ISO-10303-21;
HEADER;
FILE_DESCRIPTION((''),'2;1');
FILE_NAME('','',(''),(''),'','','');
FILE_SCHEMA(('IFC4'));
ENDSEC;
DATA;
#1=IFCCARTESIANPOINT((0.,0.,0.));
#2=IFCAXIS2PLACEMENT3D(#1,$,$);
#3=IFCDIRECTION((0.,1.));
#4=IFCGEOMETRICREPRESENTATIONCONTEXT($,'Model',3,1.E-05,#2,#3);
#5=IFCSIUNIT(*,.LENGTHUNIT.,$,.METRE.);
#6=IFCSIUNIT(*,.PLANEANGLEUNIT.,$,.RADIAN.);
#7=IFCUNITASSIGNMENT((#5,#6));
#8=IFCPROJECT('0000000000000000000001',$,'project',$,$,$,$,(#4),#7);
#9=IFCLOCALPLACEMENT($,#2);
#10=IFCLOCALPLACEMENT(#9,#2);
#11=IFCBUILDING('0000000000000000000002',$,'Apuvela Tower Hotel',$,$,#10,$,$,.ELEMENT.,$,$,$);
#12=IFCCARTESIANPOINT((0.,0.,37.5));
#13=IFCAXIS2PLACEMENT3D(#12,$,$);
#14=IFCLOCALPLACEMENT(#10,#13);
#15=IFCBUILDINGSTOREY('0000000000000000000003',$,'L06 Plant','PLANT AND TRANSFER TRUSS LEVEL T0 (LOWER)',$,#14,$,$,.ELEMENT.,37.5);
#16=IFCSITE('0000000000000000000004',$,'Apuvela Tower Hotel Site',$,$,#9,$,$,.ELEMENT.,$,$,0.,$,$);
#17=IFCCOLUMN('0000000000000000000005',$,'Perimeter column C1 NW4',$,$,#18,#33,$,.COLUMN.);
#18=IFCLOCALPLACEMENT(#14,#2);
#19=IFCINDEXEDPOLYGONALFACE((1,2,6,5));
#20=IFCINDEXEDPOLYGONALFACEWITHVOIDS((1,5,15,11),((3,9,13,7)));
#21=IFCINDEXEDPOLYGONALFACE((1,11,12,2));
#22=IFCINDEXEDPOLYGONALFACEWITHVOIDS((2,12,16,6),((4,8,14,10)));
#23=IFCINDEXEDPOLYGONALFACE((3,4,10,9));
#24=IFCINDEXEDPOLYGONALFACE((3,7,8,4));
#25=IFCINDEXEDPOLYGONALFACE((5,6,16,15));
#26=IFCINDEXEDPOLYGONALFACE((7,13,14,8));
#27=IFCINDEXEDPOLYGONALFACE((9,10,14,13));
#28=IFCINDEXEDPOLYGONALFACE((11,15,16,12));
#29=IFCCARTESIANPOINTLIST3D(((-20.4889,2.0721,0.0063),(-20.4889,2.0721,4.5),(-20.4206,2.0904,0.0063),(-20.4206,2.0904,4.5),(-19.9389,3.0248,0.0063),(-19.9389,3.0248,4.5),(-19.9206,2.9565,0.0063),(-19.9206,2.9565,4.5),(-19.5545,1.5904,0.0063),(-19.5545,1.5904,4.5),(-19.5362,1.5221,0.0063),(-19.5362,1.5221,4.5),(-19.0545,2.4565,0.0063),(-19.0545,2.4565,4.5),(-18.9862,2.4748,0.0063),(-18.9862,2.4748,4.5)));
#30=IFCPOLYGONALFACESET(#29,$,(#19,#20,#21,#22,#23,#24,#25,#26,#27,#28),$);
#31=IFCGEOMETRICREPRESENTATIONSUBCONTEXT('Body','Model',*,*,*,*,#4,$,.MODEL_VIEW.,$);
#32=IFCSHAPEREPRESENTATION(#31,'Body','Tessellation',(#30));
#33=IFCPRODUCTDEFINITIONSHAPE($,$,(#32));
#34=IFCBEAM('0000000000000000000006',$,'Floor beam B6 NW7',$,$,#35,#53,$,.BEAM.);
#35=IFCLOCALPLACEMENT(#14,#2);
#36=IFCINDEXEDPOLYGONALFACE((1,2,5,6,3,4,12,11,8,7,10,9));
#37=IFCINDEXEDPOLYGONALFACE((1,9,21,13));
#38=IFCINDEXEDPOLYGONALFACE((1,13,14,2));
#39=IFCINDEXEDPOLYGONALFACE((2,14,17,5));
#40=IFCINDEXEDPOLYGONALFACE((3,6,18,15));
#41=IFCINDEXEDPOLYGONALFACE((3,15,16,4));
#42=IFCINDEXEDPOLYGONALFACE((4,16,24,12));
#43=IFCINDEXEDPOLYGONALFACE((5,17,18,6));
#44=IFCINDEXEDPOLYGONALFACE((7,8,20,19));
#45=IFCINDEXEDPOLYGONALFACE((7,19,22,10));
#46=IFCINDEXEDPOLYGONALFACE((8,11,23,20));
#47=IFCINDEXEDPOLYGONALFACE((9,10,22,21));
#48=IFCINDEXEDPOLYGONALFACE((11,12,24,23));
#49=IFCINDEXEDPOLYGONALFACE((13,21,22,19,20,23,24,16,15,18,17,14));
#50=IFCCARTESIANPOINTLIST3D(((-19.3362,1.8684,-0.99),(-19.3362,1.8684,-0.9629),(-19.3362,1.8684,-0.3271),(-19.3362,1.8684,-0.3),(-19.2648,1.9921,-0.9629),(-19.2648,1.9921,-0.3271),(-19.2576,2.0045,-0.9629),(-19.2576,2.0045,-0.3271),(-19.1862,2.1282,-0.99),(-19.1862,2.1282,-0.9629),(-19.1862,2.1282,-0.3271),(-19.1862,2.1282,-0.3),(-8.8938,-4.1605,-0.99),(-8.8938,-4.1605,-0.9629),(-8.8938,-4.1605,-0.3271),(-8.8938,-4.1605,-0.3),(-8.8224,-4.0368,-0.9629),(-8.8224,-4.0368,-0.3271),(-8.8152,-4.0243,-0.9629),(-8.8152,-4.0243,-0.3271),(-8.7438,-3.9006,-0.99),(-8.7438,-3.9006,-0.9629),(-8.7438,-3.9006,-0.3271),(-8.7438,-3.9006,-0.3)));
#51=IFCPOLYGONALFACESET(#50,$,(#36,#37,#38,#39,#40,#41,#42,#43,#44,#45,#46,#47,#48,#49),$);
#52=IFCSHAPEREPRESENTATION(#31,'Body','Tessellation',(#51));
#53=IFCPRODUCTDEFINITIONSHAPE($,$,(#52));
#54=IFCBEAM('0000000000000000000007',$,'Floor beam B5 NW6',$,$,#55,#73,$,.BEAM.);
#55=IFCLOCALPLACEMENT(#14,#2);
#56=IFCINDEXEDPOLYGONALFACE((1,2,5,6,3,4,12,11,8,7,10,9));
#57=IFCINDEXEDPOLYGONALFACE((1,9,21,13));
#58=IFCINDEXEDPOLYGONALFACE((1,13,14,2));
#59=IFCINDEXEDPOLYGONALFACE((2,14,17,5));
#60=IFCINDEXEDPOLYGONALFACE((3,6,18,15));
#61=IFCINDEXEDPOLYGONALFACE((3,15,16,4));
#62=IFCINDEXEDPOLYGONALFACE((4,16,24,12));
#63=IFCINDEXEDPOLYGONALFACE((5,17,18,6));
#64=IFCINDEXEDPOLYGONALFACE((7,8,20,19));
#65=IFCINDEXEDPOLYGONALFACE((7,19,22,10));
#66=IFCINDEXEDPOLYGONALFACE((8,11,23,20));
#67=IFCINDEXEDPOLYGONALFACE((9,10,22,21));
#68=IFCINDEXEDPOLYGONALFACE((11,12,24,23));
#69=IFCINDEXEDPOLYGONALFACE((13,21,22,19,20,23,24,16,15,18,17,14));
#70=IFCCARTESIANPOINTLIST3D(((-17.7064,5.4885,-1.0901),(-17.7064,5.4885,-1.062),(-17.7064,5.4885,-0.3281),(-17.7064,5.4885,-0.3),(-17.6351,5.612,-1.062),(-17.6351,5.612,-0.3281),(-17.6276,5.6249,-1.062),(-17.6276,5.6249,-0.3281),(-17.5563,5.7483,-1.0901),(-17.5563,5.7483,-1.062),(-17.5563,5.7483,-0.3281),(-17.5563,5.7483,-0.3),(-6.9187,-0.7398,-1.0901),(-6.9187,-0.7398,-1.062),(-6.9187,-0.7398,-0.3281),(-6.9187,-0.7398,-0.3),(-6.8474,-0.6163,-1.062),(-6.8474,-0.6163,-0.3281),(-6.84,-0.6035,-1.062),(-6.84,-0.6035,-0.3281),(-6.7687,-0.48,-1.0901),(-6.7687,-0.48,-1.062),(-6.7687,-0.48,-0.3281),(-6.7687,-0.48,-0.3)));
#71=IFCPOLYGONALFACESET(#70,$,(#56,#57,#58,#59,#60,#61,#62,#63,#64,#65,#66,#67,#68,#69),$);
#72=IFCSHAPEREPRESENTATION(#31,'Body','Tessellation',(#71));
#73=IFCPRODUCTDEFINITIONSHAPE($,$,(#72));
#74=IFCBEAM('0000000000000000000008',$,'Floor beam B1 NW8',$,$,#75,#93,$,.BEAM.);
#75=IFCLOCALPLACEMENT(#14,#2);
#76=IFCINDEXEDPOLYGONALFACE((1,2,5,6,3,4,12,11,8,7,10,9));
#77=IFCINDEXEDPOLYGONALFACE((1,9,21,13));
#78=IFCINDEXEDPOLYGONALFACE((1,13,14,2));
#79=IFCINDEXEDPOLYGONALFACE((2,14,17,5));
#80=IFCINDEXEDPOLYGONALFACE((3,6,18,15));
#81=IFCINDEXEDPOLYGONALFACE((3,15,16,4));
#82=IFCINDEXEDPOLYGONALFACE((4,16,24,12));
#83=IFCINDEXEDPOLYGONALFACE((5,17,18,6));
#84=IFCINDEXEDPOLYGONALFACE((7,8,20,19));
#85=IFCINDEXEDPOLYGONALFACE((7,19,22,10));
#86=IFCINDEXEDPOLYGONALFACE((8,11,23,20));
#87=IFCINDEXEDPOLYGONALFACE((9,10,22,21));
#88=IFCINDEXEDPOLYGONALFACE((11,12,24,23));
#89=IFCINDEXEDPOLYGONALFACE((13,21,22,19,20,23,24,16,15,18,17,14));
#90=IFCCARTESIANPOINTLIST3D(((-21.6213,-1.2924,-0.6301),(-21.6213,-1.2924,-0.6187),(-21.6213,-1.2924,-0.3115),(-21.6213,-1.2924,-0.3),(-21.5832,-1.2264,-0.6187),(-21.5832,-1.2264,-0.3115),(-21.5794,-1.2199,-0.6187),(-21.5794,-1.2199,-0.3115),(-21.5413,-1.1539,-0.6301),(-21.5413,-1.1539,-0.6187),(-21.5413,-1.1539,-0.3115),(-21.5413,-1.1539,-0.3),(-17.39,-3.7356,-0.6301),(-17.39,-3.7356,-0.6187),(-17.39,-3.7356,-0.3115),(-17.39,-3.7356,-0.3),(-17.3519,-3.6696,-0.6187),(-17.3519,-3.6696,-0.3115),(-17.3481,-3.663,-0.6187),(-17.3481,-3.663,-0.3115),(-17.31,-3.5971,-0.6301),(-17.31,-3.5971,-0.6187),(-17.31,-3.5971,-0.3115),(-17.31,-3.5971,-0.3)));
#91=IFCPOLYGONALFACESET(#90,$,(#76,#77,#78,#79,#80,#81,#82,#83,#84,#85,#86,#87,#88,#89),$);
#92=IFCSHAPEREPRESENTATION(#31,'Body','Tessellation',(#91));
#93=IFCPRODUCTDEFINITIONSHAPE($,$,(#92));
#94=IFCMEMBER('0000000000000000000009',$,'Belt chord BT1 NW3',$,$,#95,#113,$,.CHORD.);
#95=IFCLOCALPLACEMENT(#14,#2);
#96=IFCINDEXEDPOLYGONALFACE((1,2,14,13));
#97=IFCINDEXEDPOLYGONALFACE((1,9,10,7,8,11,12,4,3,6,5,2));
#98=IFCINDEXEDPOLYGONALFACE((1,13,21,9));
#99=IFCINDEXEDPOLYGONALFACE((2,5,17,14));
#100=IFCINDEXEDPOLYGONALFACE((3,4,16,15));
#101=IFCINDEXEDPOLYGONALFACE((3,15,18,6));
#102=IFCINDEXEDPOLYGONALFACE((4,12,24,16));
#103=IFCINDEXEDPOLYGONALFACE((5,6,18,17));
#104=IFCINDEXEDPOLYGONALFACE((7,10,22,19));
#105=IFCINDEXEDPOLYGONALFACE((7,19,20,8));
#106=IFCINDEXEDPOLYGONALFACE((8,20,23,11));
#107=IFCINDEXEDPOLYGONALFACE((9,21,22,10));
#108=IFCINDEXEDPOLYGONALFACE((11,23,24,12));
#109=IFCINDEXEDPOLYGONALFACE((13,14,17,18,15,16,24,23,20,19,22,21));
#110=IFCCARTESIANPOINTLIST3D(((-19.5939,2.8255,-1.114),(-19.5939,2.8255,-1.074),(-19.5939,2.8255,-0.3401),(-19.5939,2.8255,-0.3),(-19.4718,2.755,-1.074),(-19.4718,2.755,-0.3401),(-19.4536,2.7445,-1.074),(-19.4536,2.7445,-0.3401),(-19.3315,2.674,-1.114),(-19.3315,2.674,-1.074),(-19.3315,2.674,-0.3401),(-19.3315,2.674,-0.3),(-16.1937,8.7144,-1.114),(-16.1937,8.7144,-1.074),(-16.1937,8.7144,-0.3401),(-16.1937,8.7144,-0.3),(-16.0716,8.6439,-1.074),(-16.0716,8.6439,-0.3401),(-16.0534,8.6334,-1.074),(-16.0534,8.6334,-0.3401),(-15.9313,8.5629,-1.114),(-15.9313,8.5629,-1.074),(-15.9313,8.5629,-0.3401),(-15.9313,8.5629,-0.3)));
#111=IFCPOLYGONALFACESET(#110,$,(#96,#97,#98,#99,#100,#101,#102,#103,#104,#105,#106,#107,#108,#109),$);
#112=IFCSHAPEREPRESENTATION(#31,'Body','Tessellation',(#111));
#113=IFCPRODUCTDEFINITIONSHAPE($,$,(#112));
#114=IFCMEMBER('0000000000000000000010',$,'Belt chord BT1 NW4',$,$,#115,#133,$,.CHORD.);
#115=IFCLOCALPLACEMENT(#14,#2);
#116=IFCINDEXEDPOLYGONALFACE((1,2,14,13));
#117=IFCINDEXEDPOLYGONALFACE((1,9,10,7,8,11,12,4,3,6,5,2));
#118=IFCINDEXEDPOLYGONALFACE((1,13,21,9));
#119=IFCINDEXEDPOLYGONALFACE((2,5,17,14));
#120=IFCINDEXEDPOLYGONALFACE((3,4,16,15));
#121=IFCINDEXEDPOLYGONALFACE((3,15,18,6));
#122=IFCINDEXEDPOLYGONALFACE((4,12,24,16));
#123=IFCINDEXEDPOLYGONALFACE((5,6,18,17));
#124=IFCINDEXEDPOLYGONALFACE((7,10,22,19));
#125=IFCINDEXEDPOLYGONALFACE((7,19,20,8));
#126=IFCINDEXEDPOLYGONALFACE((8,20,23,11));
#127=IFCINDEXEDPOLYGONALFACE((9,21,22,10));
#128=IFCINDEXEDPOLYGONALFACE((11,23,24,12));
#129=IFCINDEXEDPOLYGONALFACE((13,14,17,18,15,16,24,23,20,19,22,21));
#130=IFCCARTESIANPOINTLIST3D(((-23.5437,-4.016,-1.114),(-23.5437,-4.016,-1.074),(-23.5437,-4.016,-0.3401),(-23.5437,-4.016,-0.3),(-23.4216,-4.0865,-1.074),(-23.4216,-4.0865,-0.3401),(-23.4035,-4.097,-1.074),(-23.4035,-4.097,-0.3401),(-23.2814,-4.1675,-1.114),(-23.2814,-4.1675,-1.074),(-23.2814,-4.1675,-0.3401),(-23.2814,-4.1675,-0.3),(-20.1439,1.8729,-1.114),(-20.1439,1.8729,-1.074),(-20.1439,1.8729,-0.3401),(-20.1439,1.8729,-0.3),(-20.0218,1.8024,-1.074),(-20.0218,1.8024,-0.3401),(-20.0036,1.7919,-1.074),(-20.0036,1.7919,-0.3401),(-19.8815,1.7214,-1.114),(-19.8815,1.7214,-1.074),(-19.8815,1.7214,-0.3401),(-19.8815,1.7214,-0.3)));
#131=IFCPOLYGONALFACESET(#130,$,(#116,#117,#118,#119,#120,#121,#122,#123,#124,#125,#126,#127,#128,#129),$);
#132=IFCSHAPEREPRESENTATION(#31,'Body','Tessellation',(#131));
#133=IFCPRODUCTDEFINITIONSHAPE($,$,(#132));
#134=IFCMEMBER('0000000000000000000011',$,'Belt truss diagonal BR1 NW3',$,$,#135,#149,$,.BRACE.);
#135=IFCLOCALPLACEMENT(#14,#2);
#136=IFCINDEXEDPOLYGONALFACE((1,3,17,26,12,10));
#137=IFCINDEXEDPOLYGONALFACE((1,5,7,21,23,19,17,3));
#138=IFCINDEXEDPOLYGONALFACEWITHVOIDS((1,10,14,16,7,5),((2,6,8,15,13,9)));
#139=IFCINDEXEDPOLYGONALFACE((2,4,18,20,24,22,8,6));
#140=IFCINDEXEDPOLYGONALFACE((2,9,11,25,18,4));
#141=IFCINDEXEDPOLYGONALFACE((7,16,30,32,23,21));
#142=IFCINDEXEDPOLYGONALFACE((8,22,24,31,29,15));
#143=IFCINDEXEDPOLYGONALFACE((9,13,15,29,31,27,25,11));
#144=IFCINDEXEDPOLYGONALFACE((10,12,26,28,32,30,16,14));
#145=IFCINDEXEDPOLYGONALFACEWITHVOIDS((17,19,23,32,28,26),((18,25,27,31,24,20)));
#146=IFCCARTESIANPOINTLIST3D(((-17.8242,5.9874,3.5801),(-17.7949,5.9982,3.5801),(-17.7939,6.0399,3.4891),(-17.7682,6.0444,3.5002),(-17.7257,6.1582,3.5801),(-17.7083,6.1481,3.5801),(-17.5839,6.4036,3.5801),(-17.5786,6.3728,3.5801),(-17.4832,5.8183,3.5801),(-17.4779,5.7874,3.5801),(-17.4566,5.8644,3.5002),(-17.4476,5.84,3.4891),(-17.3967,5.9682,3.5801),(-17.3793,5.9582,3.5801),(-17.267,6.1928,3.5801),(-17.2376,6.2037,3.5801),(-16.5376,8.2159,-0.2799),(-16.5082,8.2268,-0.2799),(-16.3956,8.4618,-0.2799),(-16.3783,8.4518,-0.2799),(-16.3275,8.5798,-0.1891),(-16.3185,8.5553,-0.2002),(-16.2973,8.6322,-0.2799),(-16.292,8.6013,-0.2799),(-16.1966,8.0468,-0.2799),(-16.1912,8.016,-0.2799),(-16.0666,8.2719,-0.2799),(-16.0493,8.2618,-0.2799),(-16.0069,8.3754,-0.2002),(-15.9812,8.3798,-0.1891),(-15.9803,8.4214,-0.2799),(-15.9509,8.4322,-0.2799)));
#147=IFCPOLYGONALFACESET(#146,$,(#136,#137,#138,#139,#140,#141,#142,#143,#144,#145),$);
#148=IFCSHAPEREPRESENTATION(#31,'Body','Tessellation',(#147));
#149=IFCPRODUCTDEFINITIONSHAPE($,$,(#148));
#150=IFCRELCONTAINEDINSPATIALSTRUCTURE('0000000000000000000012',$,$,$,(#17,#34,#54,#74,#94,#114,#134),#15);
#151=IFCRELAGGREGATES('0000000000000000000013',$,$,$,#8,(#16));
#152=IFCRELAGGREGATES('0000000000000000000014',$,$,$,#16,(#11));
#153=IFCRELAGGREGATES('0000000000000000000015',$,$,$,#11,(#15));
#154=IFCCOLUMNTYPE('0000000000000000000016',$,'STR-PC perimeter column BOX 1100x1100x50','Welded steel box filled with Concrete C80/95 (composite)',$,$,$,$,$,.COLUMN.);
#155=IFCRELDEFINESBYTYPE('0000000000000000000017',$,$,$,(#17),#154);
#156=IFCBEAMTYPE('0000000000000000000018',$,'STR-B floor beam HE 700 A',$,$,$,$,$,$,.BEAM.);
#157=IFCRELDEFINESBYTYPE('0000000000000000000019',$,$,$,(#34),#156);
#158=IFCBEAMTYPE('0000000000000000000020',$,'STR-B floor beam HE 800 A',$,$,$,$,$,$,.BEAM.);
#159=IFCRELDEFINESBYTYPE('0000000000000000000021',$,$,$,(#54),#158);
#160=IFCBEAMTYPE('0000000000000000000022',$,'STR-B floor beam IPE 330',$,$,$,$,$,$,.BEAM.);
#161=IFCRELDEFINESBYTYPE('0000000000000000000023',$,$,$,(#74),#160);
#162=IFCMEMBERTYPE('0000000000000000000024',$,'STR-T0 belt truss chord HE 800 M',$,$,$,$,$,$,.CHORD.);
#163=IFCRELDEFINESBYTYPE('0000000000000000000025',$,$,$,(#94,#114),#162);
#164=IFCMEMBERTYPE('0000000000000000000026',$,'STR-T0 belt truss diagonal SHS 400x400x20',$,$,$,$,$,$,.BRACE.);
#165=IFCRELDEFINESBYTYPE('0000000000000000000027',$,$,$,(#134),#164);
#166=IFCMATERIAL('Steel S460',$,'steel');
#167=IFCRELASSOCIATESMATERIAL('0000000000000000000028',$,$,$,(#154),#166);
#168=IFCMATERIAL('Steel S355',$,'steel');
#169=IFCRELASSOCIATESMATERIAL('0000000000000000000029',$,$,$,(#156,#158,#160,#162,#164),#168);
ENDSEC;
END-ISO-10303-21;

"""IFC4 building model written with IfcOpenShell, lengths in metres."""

from ifc_helpers import new_model, si_unit, direction, frame, origin, origin_2d, place, context, subcontext, project, spatial, rectangle, hollow_rectangle, i_section, extrude, boolean, halfspace, material, material_profile, profile_set, type_object, element, save


model = new_model("IFC4")

# Units and contexts
model_context = context("Model", 3, precision=1e-05, world=origin(), true_north=direction((0.0, 1.0)))
body_context = subcontext(model_context, "Body", "Model", "MODEL_VIEW")
ifc_project = project(units=[si_unit("LENGTHUNIT", "METRE"), si_unit("PLANEANGLEUNIT", "RADIAN")], contexts=[model_context])

# Site, building, storey
site_placement = place(None, origin())
site = spatial("IfcSite", under=ifc_project, at=site_placement, Name="Apuvela Tower Hotel Site", CompositionType="ELEMENT", RefElevation=0.0)
building_placement = place(site_placement, origin())
building = spatial("IfcBuilding", under=site, at=building_placement, Name="Apuvela Tower Hotel", CompositionType="ELEMENT")
storey_placement = place(building_placement, frame((0.0, 0.0, 37.5)))
storey = spatial("IfcBuildingStorey", under=building, at=storey_placement, Name="L06 Plant", Description="PLANT AND TRANSFER TRUSS LEVEL T0 (LOWER)", CompositionType="ELEMENT", Elevation=37.5)

# Column
ifc_material_1 = material(Name="Steel S460", Category="steel")
ifc_material_profile_1 = material_profile(ifc_material_1, hollow_rectangle(XDim=1.1001, YDim=1.1001, WallThickness=0.05, at=origin_2d()), Name="BOX 1100x1100x50")
ifc_material_2 = material(Name="Concrete C80/95", Category="concrete")
ifc_material_profile_2 = material_profile(ifc_material_2, rectangle(XDim=1.0, YDim=1.0, at=origin_2d()), Name="Concrete C80/95 infill")
ifc_profile_set_1 = profile_set([ifc_material_profile_1, ifc_material_profile_2], Name="Steel S460")
column_type = type_object("IfcColumnType", Name="STR-PC perimeter column BOX 1100x1100x50", Description="Welded steel box filled with Concrete C80/95 (composite)", PredefinedType="COLUMN", material=ifc_profile_set_1)
column_placement = place(storey_placement, frame((-19.7375, 2.2734, 0.0), z_axis=(0.0, 0.0, 1.0), x_axis=(0.5, 0.866025, 0.0)))
element("IfcColumn", 1, at=column_placement, inside=storey, type_object=column_type, Name="Perimeter column C1 NW4", PredefinedType="COLUMN", context=body_context, shape_type="SweptSolid", body=[
    boolean("DIFFERENCE", extrude(hollow_rectangle(XDim=1.1001, YDim=1.1001, WallThickness=0.05, at=origin_2d()), origin(), (0.0, 0.0, 1.0), 4.5), halfspace(frame((0.0, 0.0, 0.0063), z_axis=(0.0, 0.0, 1.0), x_axis=(1.0, 0.0, 0.0)), True)),
])

# Beams
ifc_material_3 = material(Name="Steel S355", Category="steel")
ifc_material_profile_3 = material_profile(ifc_material_3, i_section(OverallWidth=0.3, OverallDepth=0.6899, WebThickness=0.0144, FlangeThickness=0.0271, at=origin_2d()), Name="HE 700 A")
ifc_profile_set_2 = profile_set([ifc_material_profile_3], Name="Steel S355")
beam_type_1 = type_object("IfcBeamType", Name="STR-B floor beam HE 700 A", PredefinedType="BEAM", material=ifc_profile_set_2)
beam_1_placement = place(storey_placement, frame((-19.2612, 1.9983, -0.645), z_axis=(0.866029, -0.499994, 0.0), x_axis=(0.499994, 0.866029, 0.0)))
element("IfcBeam", 2, at=beam_1_placement, inside=storey, type_object=beam_type_1, Name="Floor beam B6 NW7", PredefinedType="BEAM", context=body_context, shape_type="SweptSolid", body=[
    extrude(i_section(OverallWidth=0.3, OverallDepth=0.6899, WebThickness=0.0144, FlangeThickness=0.0271, at=origin_2d()), origin(), (0.0, 0.0, 1.0), 12.0579),
])
ifc_material_profile_4 = material_profile(ifc_material_3, i_section(OverallWidth=0.3, OverallDepth=0.79, WebThickness=0.0149, FlangeThickness=0.0281, at=origin_2d()), Name="HE 800 A")
ifc_profile_set_3 = profile_set([ifc_material_profile_4], Name="Steel S355")
beam_type_2 = type_object("IfcBeamType", Name="STR-B floor beam HE 800 A", PredefinedType="BEAM", material=ifc_profile_set_3)
beam_2_placement = place(storey_placement, frame((-17.6313, 5.6184, -0.6951), z_axis=(0.866024, -0.500003, 0.0), x_axis=(0.500003, 0.866024, 0.0)))
element("IfcBeam", 3, at=beam_2_placement, inside=storey, type_object=beam_type_2, Name="Floor beam B5 NW6", PredefinedType="BEAM", context=body_context, shape_type="SweptSolid", body=[
    extrude(i_section(OverallWidth=0.3, OverallDepth=0.79, WebThickness=0.0149, FlangeThickness=0.0281, at=origin_2d()), origin(), (0.0, 0.0, 1.0), 12.4565),
])
ifc_material_profile_5 = material_profile(ifc_material_3, i_section(OverallWidth=0.1599, OverallDepth=0.3301, WebThickness=0.0076, FlangeThickness=0.0115, at=origin_2d()), Name="IPE 330")
ifc_profile_set_4 = profile_set([ifc_material_profile_5], Name="Steel S355")
beam_type_3 = type_object("IfcBeamType", Name="STR-B floor beam IPE 330", PredefinedType="BEAM", material=ifc_profile_set_4)
beam_3_placement = place(storey_placement, frame((-21.5813, -1.2231, -0.4651), z_axis=(0.866005, -0.500035, 0.0), x_axis=(0.500035, 0.866005, 0.0)))
element("IfcBeam", 4, at=beam_3_placement, inside=storey, type_object=beam_type_3, Name="Floor beam B1 NW8", PredefinedType="BEAM", context=body_context, shape_type="SweptSolid", body=[
    extrude(i_section(OverallWidth=0.1599, OverallDepth=0.3301, WebThickness=0.0076, FlangeThickness=0.0115, at=origin_2d()), origin(), (0.0, 0.0, 1.0), 4.886),
])

# Members
ifc_material_profile_6 = material_profile(ifc_material_3, i_section(OverallWidth=0.303, OverallDepth=0.814, WebThickness=0.021, FlangeThickness=0.04, at=origin_2d()), Name="HE 800 M")
ifc_profile_set_5 = profile_set([ifc_material_profile_6], Name="Steel S355")
member_type_1 = type_object("IfcMemberType", Name="STR-T0 belt truss chord HE 800 M", PredefinedType="CHORD", material=ifc_profile_set_5)
member_1_placement = place(storey_placement, frame((-16.0625, 8.6387, -0.707), z_axis=(-0.50002, -0.866014, 0.0), x_axis=(0.866014, -0.50002, 0.0)))
element("IfcMember", 5, at=member_1_placement, inside=storey, type_object=member_type_1, Name="Belt chord BT1 NW3", PredefinedType="CHORD", context=body_context, shape_type="SweptSolid", body=[
    extrude(i_section(OverallWidth=0.303, OverallDepth=0.814, WebThickness=0.021, FlangeThickness=0.04, at=origin_2d()), origin(), (0.0, 0.0, 1.0), 6.8),
])
member_2_placement = place(storey_placement, frame((-20.0127, 1.7971, -0.707), z_axis=(-0.499993, -0.86603, 0.0), x_axis=(0.86603, -0.499993, 0.0)))
element("IfcMember", 6, at=member_2_placement, inside=storey, type_object=member_type_1, Name="Belt chord BT1 NW4", PredefinedType="CHORD", context=body_context, shape_type="SweptSolid", body=[
    extrude(i_section(OverallWidth=0.303, OverallDepth=0.814, WebThickness=0.021, FlangeThickness=0.04, at=origin_2d()), origin(), (0.0, 0.0, 1.0), 6.7998),
])
ifc_material_profile_7 = material_profile(ifc_material_3, hollow_rectangle(XDim=0.3999, YDim=0.3999, WallThickness=0.02, at=origin_2d()), Name="SHS 400x400x20")
ifc_profile_set_6 = profile_set([ifc_material_profile_7], Name="Steel S355")
member_type_2 = type_object("IfcMemberType", Name="STR-T0 belt truss diagonal SHS 400x400x20", PredefinedType="BRACE", material=ifc_profile_set_6)
member_3_placement = place(storey_placement, frame((-16.2375, 8.3357, -0.3), z_axis=(-0.277351, -0.480378, 0.832054), x_axis=(0.416033, 0.720576, 0.554695)))
solid_1 = boolean("DIFFERENCE", boolean("DIFFERENCE", extrude(hollow_rectangle(XDim=0.3999, YDim=0.3999, WallThickness=0.02, at=origin_2d()), frame((0.0, 0.0, -0.2534)), (0.0, 0.0, 1.0), 5.1941), halfspace(frame((0.0, 0.0, 0.0242), z_axis=(0.554695, 0.0, 0.832054), x_axis=(0.832054, 0.0, -0.554695)), True)), halfspace(frame((0.0, 0.0, 4.6633), z_axis=(0.554695, 0.0, 0.832054), x_axis=(0.832054, 0.0, -0.554695)), False))
element("IfcMember", 7, at=member_3_placement, inside=storey, type_object=member_type_2, Name="Belt truss diagonal BR1 NW3", PredefinedType="BRACE", context=body_context, shape_type="SweptSolid", body=[
    boolean("UNION", boolean("DIFFERENCE", boolean("DIFFERENCE", extrude(hollow_rectangle(XDim=0.3999, YDim=0.3999, WallThickness=0.02, at=origin_2d()), origin(), (0.0, 0.0, 1.0), 4.6873), halfspace(frame((0.0, 0.0, 0.0242), z_axis=(0.554695, 0.0, 0.832054), x_axis=(0.832054, 0.0, -0.554695)), True)), halfspace(frame((0.0, 0.0, 4.6633), z_axis=(0.554695, 0.0, 0.832054), x_axis=(0.832054, 0.0, -0.554695)), False)), solid_1),
])

save(model, "model.ifc")
